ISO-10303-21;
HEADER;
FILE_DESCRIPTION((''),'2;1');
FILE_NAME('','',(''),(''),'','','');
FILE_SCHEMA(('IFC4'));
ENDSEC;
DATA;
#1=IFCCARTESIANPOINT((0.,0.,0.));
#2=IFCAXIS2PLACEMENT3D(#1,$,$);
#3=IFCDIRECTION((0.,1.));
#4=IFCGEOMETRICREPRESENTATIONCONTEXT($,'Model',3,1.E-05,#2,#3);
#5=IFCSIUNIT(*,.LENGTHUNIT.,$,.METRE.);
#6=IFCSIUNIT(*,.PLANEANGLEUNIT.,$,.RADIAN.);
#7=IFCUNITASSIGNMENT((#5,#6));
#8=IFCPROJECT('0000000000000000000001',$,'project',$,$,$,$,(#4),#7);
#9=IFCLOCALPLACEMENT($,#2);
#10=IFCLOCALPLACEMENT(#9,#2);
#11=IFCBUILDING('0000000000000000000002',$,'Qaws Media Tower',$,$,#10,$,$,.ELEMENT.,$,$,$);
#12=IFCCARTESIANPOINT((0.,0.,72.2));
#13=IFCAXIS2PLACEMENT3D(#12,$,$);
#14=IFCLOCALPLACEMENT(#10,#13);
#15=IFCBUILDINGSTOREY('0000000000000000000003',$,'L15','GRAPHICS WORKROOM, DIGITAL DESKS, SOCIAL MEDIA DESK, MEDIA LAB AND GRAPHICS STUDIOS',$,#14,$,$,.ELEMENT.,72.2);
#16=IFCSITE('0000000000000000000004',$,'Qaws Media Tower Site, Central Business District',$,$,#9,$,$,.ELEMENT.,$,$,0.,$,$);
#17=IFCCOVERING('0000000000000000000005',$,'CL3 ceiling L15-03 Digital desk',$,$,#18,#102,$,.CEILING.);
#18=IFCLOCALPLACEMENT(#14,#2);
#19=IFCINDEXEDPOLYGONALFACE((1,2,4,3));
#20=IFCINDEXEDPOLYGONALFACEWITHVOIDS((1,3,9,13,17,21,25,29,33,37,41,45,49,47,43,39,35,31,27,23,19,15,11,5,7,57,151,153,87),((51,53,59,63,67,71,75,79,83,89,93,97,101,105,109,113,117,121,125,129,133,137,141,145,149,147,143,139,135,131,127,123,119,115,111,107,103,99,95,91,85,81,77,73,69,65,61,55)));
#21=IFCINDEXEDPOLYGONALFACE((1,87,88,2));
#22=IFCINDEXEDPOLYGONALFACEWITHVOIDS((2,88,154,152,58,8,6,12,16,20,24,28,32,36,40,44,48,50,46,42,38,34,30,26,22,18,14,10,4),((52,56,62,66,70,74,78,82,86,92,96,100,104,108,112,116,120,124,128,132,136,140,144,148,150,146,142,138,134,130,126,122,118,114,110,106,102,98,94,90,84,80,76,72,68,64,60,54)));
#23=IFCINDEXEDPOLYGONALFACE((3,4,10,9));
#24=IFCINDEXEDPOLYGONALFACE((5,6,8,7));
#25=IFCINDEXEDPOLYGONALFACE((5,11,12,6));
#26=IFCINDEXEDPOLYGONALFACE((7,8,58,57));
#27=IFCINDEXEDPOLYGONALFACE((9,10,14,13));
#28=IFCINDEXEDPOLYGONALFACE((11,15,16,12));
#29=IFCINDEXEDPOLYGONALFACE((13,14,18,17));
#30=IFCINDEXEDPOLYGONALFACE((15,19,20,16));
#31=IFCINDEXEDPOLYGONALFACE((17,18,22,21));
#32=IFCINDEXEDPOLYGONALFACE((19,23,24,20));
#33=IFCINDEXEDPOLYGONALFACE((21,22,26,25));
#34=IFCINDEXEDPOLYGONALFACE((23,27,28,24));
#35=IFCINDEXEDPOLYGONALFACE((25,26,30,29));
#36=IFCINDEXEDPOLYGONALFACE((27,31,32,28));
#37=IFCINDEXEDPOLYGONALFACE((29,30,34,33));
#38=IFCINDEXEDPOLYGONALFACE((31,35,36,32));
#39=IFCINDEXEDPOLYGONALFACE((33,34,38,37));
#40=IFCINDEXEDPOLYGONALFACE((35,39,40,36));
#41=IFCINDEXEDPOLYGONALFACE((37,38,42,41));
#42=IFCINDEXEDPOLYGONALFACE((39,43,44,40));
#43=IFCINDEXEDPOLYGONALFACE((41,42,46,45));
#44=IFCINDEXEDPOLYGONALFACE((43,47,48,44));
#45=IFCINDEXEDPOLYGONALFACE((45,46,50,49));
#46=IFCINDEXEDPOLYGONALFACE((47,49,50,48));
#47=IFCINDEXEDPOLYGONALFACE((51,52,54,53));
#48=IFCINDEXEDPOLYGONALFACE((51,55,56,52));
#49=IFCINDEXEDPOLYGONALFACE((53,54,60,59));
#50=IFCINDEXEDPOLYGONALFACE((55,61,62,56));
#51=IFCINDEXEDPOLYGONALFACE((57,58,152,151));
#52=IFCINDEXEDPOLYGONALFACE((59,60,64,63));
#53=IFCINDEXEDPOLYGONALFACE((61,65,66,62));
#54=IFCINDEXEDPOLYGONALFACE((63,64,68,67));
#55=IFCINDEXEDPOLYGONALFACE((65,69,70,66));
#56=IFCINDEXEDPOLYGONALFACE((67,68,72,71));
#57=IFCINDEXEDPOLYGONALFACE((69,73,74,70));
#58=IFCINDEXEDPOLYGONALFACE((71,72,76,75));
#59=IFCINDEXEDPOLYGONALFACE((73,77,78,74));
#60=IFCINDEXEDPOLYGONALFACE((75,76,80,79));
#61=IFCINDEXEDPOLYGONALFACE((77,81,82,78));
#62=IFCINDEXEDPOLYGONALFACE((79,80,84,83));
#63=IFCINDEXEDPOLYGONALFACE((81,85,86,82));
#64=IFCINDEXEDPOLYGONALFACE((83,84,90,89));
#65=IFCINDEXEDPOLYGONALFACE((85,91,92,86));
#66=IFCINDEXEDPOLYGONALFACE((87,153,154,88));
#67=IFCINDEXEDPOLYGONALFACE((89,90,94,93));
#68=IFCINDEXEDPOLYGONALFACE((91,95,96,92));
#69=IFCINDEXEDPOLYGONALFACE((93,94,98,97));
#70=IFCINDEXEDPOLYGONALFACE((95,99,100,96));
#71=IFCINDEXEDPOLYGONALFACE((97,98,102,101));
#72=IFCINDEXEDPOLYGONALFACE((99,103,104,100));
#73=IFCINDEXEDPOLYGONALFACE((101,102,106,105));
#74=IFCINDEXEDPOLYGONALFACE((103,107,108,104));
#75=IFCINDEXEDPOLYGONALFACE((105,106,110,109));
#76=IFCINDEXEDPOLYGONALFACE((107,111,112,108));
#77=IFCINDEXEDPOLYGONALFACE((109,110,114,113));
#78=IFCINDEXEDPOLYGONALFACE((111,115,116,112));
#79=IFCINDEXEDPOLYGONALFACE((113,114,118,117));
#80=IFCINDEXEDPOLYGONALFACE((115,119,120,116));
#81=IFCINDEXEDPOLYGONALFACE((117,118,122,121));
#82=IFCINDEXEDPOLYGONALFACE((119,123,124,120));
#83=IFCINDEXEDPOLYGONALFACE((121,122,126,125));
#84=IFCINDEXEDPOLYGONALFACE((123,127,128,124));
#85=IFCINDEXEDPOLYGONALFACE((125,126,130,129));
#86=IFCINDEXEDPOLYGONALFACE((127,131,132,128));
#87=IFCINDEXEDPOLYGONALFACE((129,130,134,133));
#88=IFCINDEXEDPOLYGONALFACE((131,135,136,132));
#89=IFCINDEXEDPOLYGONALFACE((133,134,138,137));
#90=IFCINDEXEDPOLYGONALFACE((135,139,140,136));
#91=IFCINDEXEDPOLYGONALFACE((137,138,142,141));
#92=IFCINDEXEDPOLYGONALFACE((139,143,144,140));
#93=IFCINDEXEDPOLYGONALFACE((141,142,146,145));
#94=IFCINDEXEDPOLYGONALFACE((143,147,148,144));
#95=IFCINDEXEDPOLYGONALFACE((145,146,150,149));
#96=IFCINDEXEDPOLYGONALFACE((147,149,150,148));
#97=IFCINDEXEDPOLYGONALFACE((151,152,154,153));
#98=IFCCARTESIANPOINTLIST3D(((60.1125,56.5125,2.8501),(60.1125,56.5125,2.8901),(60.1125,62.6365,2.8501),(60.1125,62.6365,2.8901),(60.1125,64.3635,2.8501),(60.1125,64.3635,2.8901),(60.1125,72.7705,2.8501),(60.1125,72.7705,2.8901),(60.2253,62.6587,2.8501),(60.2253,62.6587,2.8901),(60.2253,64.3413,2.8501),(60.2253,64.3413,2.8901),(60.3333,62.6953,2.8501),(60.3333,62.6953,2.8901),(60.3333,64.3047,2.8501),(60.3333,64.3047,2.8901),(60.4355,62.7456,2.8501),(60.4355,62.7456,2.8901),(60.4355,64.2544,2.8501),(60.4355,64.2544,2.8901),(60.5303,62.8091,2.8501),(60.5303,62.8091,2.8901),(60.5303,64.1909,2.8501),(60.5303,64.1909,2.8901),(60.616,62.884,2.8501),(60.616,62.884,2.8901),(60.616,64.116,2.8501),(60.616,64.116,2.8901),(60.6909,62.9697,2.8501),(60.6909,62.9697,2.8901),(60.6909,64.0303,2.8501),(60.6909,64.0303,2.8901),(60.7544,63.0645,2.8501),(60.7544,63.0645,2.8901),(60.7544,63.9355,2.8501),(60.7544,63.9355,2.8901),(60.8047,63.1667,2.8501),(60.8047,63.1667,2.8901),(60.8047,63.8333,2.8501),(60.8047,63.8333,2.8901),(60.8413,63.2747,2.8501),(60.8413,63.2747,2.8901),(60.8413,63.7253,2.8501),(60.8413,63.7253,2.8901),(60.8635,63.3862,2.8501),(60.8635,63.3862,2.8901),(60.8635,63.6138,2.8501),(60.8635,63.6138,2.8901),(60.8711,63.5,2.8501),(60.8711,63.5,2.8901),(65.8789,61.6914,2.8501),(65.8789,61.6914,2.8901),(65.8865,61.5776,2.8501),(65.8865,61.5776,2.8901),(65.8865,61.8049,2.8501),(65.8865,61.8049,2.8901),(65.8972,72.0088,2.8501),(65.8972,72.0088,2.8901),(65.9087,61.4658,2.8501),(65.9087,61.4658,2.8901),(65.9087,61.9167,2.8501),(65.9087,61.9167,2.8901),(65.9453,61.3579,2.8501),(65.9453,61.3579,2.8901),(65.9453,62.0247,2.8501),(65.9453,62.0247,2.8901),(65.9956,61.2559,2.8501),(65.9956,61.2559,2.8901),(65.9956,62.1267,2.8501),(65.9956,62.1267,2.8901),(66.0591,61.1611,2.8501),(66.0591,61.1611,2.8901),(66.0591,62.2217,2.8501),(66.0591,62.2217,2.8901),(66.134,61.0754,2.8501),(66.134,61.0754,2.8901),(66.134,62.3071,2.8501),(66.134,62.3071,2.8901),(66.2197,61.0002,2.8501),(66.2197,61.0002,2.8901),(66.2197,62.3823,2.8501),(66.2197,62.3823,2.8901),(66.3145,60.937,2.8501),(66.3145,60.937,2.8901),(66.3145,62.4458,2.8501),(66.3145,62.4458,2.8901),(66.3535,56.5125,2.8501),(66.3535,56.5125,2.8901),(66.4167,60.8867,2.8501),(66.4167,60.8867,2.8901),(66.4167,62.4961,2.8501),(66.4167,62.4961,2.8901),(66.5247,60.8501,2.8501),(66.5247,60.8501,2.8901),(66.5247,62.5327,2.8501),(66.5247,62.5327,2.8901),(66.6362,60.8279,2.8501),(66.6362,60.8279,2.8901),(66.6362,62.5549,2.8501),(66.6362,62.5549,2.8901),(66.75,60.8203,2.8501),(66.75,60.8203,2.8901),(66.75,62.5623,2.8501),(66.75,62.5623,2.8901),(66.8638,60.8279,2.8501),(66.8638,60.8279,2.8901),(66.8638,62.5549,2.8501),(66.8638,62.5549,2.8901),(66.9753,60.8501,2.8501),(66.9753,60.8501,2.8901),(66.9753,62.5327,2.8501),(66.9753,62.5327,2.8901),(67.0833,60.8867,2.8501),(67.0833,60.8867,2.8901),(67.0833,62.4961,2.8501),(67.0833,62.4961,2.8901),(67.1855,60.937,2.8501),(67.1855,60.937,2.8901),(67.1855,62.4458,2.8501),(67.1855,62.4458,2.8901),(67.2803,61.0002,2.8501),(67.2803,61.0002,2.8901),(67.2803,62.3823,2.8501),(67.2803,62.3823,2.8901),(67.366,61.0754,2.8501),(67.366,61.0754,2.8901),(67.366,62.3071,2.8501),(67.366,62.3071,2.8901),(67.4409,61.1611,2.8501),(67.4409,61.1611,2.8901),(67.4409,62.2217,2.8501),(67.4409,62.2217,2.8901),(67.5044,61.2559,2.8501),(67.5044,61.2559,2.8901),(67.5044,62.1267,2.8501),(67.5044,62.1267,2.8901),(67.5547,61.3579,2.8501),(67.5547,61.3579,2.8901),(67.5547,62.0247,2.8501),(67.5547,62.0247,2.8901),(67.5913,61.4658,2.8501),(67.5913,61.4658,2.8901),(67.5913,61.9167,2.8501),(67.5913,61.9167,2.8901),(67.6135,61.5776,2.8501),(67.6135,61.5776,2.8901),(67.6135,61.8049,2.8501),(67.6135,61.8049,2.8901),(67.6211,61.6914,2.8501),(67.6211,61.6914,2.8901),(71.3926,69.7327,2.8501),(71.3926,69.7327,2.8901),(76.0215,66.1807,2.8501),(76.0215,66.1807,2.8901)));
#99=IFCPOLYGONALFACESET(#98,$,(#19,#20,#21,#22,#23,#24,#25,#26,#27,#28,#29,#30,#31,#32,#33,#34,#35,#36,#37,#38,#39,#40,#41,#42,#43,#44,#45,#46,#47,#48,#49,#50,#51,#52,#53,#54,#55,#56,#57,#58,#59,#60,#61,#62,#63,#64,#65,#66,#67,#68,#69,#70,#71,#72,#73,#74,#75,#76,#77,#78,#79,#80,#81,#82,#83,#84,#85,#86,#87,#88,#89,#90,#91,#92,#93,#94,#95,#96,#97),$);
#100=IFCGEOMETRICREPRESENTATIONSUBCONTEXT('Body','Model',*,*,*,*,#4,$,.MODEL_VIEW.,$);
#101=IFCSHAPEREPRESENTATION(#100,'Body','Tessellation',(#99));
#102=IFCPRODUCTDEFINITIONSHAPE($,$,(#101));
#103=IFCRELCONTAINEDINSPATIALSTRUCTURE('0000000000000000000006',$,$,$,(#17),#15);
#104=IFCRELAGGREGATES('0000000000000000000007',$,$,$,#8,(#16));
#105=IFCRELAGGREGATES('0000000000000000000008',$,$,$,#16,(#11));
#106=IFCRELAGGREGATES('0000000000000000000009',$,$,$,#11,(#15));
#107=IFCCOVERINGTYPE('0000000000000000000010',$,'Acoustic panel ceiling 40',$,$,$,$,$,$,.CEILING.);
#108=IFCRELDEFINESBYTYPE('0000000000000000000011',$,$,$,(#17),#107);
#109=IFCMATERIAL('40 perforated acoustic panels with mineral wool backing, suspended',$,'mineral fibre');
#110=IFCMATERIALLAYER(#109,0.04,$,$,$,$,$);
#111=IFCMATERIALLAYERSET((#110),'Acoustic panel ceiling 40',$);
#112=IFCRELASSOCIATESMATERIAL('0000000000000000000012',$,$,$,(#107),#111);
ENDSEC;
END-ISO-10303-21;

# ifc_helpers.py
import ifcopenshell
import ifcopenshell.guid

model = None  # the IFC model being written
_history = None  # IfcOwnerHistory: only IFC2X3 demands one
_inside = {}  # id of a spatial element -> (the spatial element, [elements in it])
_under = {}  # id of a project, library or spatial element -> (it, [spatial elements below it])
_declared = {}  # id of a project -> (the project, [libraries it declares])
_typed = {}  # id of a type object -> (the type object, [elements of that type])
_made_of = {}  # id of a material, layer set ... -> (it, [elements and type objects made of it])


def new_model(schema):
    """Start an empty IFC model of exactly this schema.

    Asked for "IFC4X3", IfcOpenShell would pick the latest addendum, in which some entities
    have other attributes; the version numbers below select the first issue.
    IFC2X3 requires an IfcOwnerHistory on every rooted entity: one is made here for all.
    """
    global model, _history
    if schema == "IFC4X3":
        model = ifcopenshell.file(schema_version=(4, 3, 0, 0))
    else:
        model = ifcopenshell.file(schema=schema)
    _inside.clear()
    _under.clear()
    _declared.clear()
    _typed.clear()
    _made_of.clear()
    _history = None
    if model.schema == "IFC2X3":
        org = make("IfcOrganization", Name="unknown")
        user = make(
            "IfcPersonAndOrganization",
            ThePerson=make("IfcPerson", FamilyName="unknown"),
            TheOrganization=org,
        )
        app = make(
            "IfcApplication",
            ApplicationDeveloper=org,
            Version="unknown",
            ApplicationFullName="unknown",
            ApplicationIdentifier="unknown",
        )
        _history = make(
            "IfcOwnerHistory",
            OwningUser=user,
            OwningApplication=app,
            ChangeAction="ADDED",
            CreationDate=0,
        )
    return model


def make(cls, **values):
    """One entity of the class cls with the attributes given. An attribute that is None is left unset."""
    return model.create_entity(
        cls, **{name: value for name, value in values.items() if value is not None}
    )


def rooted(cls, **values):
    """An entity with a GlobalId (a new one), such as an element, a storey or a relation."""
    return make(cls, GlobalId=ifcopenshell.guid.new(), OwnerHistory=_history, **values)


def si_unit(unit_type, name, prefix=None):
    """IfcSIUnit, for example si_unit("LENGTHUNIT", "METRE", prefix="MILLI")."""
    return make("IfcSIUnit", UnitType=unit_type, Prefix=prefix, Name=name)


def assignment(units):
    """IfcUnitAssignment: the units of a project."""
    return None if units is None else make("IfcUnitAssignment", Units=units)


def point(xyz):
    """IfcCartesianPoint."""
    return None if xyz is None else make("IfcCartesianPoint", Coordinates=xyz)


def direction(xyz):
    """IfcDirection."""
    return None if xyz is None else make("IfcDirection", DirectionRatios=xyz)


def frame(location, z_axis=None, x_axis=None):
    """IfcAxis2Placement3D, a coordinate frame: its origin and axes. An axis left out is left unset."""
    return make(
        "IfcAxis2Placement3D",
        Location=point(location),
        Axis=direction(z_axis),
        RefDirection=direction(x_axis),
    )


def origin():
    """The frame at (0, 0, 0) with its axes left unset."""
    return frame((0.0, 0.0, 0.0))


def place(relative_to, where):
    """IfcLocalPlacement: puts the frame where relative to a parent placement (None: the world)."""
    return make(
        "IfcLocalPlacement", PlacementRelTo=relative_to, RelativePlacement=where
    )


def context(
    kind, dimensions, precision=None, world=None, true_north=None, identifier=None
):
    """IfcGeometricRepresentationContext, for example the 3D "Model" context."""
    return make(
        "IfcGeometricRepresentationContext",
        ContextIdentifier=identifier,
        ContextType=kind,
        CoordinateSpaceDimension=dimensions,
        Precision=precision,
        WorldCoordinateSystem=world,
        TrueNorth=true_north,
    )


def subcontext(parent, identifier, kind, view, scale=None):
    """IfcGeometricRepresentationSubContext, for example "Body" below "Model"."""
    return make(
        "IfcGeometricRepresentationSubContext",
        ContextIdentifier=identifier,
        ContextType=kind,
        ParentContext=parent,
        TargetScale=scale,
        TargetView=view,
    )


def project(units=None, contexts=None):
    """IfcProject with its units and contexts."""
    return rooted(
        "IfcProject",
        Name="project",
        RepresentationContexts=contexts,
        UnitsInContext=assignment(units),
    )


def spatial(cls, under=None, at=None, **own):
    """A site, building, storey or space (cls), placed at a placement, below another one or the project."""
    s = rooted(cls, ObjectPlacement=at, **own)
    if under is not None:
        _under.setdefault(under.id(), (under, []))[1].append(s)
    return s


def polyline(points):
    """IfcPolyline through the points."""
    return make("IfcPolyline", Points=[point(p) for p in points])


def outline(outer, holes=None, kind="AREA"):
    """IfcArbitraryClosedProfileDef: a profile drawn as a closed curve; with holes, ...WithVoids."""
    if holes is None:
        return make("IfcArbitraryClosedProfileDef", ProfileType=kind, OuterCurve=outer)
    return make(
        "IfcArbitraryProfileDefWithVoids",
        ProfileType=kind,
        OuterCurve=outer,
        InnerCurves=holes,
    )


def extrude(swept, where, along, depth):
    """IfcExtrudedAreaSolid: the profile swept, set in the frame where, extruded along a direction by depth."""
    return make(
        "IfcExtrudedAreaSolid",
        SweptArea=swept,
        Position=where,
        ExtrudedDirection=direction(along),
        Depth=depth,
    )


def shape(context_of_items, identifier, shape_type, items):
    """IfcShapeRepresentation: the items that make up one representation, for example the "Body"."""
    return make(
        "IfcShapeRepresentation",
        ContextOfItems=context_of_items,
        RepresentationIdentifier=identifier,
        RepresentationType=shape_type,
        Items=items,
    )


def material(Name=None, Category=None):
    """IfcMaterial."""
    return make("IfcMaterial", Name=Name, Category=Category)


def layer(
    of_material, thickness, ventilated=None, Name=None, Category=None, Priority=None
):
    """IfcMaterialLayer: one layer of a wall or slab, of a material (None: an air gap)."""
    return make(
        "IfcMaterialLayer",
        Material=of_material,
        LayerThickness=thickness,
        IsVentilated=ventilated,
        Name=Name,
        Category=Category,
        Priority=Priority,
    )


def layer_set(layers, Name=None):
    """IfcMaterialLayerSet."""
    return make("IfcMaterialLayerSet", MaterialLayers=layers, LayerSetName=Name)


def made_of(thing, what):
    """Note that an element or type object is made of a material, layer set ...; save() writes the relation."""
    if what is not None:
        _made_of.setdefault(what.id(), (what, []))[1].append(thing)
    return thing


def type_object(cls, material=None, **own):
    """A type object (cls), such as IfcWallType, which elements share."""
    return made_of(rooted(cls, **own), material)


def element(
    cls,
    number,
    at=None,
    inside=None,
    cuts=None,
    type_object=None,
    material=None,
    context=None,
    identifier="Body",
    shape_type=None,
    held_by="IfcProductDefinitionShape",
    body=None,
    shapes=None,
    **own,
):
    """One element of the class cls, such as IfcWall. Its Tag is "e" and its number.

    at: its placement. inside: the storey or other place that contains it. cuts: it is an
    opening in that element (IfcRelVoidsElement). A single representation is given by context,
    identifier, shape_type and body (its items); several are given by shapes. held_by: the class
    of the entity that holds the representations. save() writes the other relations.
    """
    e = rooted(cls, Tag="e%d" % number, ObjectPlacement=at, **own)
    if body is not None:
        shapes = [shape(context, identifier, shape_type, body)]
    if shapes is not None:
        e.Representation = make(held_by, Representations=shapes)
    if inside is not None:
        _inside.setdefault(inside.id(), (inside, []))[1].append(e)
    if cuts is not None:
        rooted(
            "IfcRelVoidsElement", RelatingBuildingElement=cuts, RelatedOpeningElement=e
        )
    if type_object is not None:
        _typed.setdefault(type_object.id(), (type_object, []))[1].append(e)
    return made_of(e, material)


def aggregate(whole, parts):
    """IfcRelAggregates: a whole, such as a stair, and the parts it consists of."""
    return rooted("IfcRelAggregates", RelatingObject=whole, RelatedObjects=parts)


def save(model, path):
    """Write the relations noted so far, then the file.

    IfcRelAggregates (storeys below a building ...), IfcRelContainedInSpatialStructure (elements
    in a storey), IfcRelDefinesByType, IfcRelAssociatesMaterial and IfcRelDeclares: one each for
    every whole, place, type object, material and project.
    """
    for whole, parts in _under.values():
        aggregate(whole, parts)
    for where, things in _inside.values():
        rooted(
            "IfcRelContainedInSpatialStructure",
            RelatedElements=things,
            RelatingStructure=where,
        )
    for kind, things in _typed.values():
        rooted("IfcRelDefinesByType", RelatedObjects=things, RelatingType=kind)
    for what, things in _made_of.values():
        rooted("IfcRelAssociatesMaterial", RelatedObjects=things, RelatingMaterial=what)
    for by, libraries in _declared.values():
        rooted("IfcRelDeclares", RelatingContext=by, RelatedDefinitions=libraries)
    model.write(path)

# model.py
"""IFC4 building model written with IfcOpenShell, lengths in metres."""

from ifc_helpers import new_model, si_unit, direction, frame, origin, place, context, subcontext, project, spatial, polyline, outline, extrude, material, layer, layer_set, type_object, element, save


model = new_model("IFC4")

# Units and contexts
model_context = context("Model", 3, precision=1e-05, world=origin(), true_north=direction((0.0, 1.0)))
body_context = subcontext(model_context, "Body", "Model", "MODEL_VIEW")
ifc_project = project(units=[si_unit("LENGTHUNIT", "METRE"), si_unit("PLANEANGLEUNIT", "RADIAN")], contexts=[model_context])

# Site, building, storey
site_placement = place(None, origin())
site = spatial("IfcSite", under=ifc_project, at=site_placement, Name="Qaws Media Tower Site, Central Business District", CompositionType="ELEMENT", RefElevation=0.0)
building_placement = place(site_placement, origin())
building = spatial("IfcBuilding", under=site, at=building_placement, Name="Qaws Media Tower", CompositionType="ELEMENT")
storey_placement = place(building_placement, frame((0.0, 0.0, 72.2)))
storey = spatial("IfcBuildingStorey", under=building, at=storey_placement, Name="L15", Description="GRAPHICS WORKROOM, DIGITAL DESKS, SOCIAL MEDIA DESK, MEDIA LAB AND GRAPHICS STUDIOS", CompositionType="ELEMENT", Elevation=72.2)

# Covering
ifc_material_1 = material(Name="40 perforated acoustic panels with mineral wool backing, suspended", Category="mineral fibre")
ifc_layer_1 = layer(ifc_material_1, 0.04)
ifc_layer_set_1 = layer_set([ifc_layer_1], Name="Acoustic panel ceiling 40")
covering_type_1 = type_object("IfcCoveringType", Name="Acoustic panel ceiling 40", PredefinedType="CEILING", material=ifc_layer_set_1)
covering_1_placement = place(storey_placement, frame((0.0, 0.0, 2.8501)))
element("IfcCovering", 1, at=covering_1_placement, inside=storey, type_object=covering_type_1, Name="CL3 ceiling L15-03 Digital desk", PredefinedType="CEILING", context=body_context, shape_type="SweptSolid", body=[
    extrude(outline(polyline([(65.8972, 72.0088), (71.3926, 69.7327), (76.0215, 66.1807), (66.3535, 56.5125), (60.1125, 56.5125), (60.1125, 62.6365), (60.2253, 62.6587), (60.3333, 62.6953), (60.4355, 62.7456), (60.5303, 62.8091), (60.616, 62.884), (60.6909, 62.9697), (60.7544, 63.0645), (60.8047, 63.1667), (60.8413, 63.2747), (60.8635, 63.3862), (60.8711, 63.5), (60.8635, 63.6138), (60.8413, 63.7253), (60.8047, 63.8333), (60.7544, 63.9355), (60.6909, 64.0303), (60.616, 64.116), (60.5303, 64.1909), (60.4355, 64.2544), (60.3333, 64.3047), (60.2253, 64.3413), (60.1125, 64.3635), (60.1125, 72.7705), (65.8972, 72.0088)]), holes=[polyline([(67.5547, 61.3579), (67.5913, 61.4658), (67.6135, 61.5776), (67.6211, 61.6914), (67.6135, 61.8049), (67.5913, 61.9167), (67.5547, 62.0247), (67.5044, 62.1267), (67.4409, 62.2217), (67.366, 62.3071), (67.2803, 62.3823), (67.1855, 62.4458), (67.0833, 62.4961), (66.9753, 62.5327), (66.8638, 62.5549), (66.75, 62.5623), (66.6362, 62.5549), (66.5247, 62.5327), (66.4167, 62.4961), (66.3145, 62.4458), (66.2197, 62.3823), (66.134, 62.3071), (66.0591, 62.2217), (65.9956, 62.1267), (65.9453, 62.0247), (65.9087, 61.9167), (65.8865, 61.8049), (65.8789, 61.6914), (65.8865, 61.5776), (65.9087, 61.4658), (65.9453, 61.3579), (65.9956, 61.2559), (66.0591, 61.1611), (66.134, 61.0754), (66.2197, 61.0002), (66.3145, 60.937), (66.4167, 60.8867), (66.5247, 60.8501), (66.6362, 60.8279), (66.75, 60.8203), (66.8638, 60.8279), (66.9753, 60.8501), (67.0833, 60.8867), (67.1855, 60.937), (67.2803, 61.0002), (67.366, 61.0754), (67.4409, 61.1611), (67.5044, 61.2559), (67.5547, 61.3579)])]), origin(), (0.0, 0.0, 1.0), 0.04),
])

save(model, "model.ifc")
